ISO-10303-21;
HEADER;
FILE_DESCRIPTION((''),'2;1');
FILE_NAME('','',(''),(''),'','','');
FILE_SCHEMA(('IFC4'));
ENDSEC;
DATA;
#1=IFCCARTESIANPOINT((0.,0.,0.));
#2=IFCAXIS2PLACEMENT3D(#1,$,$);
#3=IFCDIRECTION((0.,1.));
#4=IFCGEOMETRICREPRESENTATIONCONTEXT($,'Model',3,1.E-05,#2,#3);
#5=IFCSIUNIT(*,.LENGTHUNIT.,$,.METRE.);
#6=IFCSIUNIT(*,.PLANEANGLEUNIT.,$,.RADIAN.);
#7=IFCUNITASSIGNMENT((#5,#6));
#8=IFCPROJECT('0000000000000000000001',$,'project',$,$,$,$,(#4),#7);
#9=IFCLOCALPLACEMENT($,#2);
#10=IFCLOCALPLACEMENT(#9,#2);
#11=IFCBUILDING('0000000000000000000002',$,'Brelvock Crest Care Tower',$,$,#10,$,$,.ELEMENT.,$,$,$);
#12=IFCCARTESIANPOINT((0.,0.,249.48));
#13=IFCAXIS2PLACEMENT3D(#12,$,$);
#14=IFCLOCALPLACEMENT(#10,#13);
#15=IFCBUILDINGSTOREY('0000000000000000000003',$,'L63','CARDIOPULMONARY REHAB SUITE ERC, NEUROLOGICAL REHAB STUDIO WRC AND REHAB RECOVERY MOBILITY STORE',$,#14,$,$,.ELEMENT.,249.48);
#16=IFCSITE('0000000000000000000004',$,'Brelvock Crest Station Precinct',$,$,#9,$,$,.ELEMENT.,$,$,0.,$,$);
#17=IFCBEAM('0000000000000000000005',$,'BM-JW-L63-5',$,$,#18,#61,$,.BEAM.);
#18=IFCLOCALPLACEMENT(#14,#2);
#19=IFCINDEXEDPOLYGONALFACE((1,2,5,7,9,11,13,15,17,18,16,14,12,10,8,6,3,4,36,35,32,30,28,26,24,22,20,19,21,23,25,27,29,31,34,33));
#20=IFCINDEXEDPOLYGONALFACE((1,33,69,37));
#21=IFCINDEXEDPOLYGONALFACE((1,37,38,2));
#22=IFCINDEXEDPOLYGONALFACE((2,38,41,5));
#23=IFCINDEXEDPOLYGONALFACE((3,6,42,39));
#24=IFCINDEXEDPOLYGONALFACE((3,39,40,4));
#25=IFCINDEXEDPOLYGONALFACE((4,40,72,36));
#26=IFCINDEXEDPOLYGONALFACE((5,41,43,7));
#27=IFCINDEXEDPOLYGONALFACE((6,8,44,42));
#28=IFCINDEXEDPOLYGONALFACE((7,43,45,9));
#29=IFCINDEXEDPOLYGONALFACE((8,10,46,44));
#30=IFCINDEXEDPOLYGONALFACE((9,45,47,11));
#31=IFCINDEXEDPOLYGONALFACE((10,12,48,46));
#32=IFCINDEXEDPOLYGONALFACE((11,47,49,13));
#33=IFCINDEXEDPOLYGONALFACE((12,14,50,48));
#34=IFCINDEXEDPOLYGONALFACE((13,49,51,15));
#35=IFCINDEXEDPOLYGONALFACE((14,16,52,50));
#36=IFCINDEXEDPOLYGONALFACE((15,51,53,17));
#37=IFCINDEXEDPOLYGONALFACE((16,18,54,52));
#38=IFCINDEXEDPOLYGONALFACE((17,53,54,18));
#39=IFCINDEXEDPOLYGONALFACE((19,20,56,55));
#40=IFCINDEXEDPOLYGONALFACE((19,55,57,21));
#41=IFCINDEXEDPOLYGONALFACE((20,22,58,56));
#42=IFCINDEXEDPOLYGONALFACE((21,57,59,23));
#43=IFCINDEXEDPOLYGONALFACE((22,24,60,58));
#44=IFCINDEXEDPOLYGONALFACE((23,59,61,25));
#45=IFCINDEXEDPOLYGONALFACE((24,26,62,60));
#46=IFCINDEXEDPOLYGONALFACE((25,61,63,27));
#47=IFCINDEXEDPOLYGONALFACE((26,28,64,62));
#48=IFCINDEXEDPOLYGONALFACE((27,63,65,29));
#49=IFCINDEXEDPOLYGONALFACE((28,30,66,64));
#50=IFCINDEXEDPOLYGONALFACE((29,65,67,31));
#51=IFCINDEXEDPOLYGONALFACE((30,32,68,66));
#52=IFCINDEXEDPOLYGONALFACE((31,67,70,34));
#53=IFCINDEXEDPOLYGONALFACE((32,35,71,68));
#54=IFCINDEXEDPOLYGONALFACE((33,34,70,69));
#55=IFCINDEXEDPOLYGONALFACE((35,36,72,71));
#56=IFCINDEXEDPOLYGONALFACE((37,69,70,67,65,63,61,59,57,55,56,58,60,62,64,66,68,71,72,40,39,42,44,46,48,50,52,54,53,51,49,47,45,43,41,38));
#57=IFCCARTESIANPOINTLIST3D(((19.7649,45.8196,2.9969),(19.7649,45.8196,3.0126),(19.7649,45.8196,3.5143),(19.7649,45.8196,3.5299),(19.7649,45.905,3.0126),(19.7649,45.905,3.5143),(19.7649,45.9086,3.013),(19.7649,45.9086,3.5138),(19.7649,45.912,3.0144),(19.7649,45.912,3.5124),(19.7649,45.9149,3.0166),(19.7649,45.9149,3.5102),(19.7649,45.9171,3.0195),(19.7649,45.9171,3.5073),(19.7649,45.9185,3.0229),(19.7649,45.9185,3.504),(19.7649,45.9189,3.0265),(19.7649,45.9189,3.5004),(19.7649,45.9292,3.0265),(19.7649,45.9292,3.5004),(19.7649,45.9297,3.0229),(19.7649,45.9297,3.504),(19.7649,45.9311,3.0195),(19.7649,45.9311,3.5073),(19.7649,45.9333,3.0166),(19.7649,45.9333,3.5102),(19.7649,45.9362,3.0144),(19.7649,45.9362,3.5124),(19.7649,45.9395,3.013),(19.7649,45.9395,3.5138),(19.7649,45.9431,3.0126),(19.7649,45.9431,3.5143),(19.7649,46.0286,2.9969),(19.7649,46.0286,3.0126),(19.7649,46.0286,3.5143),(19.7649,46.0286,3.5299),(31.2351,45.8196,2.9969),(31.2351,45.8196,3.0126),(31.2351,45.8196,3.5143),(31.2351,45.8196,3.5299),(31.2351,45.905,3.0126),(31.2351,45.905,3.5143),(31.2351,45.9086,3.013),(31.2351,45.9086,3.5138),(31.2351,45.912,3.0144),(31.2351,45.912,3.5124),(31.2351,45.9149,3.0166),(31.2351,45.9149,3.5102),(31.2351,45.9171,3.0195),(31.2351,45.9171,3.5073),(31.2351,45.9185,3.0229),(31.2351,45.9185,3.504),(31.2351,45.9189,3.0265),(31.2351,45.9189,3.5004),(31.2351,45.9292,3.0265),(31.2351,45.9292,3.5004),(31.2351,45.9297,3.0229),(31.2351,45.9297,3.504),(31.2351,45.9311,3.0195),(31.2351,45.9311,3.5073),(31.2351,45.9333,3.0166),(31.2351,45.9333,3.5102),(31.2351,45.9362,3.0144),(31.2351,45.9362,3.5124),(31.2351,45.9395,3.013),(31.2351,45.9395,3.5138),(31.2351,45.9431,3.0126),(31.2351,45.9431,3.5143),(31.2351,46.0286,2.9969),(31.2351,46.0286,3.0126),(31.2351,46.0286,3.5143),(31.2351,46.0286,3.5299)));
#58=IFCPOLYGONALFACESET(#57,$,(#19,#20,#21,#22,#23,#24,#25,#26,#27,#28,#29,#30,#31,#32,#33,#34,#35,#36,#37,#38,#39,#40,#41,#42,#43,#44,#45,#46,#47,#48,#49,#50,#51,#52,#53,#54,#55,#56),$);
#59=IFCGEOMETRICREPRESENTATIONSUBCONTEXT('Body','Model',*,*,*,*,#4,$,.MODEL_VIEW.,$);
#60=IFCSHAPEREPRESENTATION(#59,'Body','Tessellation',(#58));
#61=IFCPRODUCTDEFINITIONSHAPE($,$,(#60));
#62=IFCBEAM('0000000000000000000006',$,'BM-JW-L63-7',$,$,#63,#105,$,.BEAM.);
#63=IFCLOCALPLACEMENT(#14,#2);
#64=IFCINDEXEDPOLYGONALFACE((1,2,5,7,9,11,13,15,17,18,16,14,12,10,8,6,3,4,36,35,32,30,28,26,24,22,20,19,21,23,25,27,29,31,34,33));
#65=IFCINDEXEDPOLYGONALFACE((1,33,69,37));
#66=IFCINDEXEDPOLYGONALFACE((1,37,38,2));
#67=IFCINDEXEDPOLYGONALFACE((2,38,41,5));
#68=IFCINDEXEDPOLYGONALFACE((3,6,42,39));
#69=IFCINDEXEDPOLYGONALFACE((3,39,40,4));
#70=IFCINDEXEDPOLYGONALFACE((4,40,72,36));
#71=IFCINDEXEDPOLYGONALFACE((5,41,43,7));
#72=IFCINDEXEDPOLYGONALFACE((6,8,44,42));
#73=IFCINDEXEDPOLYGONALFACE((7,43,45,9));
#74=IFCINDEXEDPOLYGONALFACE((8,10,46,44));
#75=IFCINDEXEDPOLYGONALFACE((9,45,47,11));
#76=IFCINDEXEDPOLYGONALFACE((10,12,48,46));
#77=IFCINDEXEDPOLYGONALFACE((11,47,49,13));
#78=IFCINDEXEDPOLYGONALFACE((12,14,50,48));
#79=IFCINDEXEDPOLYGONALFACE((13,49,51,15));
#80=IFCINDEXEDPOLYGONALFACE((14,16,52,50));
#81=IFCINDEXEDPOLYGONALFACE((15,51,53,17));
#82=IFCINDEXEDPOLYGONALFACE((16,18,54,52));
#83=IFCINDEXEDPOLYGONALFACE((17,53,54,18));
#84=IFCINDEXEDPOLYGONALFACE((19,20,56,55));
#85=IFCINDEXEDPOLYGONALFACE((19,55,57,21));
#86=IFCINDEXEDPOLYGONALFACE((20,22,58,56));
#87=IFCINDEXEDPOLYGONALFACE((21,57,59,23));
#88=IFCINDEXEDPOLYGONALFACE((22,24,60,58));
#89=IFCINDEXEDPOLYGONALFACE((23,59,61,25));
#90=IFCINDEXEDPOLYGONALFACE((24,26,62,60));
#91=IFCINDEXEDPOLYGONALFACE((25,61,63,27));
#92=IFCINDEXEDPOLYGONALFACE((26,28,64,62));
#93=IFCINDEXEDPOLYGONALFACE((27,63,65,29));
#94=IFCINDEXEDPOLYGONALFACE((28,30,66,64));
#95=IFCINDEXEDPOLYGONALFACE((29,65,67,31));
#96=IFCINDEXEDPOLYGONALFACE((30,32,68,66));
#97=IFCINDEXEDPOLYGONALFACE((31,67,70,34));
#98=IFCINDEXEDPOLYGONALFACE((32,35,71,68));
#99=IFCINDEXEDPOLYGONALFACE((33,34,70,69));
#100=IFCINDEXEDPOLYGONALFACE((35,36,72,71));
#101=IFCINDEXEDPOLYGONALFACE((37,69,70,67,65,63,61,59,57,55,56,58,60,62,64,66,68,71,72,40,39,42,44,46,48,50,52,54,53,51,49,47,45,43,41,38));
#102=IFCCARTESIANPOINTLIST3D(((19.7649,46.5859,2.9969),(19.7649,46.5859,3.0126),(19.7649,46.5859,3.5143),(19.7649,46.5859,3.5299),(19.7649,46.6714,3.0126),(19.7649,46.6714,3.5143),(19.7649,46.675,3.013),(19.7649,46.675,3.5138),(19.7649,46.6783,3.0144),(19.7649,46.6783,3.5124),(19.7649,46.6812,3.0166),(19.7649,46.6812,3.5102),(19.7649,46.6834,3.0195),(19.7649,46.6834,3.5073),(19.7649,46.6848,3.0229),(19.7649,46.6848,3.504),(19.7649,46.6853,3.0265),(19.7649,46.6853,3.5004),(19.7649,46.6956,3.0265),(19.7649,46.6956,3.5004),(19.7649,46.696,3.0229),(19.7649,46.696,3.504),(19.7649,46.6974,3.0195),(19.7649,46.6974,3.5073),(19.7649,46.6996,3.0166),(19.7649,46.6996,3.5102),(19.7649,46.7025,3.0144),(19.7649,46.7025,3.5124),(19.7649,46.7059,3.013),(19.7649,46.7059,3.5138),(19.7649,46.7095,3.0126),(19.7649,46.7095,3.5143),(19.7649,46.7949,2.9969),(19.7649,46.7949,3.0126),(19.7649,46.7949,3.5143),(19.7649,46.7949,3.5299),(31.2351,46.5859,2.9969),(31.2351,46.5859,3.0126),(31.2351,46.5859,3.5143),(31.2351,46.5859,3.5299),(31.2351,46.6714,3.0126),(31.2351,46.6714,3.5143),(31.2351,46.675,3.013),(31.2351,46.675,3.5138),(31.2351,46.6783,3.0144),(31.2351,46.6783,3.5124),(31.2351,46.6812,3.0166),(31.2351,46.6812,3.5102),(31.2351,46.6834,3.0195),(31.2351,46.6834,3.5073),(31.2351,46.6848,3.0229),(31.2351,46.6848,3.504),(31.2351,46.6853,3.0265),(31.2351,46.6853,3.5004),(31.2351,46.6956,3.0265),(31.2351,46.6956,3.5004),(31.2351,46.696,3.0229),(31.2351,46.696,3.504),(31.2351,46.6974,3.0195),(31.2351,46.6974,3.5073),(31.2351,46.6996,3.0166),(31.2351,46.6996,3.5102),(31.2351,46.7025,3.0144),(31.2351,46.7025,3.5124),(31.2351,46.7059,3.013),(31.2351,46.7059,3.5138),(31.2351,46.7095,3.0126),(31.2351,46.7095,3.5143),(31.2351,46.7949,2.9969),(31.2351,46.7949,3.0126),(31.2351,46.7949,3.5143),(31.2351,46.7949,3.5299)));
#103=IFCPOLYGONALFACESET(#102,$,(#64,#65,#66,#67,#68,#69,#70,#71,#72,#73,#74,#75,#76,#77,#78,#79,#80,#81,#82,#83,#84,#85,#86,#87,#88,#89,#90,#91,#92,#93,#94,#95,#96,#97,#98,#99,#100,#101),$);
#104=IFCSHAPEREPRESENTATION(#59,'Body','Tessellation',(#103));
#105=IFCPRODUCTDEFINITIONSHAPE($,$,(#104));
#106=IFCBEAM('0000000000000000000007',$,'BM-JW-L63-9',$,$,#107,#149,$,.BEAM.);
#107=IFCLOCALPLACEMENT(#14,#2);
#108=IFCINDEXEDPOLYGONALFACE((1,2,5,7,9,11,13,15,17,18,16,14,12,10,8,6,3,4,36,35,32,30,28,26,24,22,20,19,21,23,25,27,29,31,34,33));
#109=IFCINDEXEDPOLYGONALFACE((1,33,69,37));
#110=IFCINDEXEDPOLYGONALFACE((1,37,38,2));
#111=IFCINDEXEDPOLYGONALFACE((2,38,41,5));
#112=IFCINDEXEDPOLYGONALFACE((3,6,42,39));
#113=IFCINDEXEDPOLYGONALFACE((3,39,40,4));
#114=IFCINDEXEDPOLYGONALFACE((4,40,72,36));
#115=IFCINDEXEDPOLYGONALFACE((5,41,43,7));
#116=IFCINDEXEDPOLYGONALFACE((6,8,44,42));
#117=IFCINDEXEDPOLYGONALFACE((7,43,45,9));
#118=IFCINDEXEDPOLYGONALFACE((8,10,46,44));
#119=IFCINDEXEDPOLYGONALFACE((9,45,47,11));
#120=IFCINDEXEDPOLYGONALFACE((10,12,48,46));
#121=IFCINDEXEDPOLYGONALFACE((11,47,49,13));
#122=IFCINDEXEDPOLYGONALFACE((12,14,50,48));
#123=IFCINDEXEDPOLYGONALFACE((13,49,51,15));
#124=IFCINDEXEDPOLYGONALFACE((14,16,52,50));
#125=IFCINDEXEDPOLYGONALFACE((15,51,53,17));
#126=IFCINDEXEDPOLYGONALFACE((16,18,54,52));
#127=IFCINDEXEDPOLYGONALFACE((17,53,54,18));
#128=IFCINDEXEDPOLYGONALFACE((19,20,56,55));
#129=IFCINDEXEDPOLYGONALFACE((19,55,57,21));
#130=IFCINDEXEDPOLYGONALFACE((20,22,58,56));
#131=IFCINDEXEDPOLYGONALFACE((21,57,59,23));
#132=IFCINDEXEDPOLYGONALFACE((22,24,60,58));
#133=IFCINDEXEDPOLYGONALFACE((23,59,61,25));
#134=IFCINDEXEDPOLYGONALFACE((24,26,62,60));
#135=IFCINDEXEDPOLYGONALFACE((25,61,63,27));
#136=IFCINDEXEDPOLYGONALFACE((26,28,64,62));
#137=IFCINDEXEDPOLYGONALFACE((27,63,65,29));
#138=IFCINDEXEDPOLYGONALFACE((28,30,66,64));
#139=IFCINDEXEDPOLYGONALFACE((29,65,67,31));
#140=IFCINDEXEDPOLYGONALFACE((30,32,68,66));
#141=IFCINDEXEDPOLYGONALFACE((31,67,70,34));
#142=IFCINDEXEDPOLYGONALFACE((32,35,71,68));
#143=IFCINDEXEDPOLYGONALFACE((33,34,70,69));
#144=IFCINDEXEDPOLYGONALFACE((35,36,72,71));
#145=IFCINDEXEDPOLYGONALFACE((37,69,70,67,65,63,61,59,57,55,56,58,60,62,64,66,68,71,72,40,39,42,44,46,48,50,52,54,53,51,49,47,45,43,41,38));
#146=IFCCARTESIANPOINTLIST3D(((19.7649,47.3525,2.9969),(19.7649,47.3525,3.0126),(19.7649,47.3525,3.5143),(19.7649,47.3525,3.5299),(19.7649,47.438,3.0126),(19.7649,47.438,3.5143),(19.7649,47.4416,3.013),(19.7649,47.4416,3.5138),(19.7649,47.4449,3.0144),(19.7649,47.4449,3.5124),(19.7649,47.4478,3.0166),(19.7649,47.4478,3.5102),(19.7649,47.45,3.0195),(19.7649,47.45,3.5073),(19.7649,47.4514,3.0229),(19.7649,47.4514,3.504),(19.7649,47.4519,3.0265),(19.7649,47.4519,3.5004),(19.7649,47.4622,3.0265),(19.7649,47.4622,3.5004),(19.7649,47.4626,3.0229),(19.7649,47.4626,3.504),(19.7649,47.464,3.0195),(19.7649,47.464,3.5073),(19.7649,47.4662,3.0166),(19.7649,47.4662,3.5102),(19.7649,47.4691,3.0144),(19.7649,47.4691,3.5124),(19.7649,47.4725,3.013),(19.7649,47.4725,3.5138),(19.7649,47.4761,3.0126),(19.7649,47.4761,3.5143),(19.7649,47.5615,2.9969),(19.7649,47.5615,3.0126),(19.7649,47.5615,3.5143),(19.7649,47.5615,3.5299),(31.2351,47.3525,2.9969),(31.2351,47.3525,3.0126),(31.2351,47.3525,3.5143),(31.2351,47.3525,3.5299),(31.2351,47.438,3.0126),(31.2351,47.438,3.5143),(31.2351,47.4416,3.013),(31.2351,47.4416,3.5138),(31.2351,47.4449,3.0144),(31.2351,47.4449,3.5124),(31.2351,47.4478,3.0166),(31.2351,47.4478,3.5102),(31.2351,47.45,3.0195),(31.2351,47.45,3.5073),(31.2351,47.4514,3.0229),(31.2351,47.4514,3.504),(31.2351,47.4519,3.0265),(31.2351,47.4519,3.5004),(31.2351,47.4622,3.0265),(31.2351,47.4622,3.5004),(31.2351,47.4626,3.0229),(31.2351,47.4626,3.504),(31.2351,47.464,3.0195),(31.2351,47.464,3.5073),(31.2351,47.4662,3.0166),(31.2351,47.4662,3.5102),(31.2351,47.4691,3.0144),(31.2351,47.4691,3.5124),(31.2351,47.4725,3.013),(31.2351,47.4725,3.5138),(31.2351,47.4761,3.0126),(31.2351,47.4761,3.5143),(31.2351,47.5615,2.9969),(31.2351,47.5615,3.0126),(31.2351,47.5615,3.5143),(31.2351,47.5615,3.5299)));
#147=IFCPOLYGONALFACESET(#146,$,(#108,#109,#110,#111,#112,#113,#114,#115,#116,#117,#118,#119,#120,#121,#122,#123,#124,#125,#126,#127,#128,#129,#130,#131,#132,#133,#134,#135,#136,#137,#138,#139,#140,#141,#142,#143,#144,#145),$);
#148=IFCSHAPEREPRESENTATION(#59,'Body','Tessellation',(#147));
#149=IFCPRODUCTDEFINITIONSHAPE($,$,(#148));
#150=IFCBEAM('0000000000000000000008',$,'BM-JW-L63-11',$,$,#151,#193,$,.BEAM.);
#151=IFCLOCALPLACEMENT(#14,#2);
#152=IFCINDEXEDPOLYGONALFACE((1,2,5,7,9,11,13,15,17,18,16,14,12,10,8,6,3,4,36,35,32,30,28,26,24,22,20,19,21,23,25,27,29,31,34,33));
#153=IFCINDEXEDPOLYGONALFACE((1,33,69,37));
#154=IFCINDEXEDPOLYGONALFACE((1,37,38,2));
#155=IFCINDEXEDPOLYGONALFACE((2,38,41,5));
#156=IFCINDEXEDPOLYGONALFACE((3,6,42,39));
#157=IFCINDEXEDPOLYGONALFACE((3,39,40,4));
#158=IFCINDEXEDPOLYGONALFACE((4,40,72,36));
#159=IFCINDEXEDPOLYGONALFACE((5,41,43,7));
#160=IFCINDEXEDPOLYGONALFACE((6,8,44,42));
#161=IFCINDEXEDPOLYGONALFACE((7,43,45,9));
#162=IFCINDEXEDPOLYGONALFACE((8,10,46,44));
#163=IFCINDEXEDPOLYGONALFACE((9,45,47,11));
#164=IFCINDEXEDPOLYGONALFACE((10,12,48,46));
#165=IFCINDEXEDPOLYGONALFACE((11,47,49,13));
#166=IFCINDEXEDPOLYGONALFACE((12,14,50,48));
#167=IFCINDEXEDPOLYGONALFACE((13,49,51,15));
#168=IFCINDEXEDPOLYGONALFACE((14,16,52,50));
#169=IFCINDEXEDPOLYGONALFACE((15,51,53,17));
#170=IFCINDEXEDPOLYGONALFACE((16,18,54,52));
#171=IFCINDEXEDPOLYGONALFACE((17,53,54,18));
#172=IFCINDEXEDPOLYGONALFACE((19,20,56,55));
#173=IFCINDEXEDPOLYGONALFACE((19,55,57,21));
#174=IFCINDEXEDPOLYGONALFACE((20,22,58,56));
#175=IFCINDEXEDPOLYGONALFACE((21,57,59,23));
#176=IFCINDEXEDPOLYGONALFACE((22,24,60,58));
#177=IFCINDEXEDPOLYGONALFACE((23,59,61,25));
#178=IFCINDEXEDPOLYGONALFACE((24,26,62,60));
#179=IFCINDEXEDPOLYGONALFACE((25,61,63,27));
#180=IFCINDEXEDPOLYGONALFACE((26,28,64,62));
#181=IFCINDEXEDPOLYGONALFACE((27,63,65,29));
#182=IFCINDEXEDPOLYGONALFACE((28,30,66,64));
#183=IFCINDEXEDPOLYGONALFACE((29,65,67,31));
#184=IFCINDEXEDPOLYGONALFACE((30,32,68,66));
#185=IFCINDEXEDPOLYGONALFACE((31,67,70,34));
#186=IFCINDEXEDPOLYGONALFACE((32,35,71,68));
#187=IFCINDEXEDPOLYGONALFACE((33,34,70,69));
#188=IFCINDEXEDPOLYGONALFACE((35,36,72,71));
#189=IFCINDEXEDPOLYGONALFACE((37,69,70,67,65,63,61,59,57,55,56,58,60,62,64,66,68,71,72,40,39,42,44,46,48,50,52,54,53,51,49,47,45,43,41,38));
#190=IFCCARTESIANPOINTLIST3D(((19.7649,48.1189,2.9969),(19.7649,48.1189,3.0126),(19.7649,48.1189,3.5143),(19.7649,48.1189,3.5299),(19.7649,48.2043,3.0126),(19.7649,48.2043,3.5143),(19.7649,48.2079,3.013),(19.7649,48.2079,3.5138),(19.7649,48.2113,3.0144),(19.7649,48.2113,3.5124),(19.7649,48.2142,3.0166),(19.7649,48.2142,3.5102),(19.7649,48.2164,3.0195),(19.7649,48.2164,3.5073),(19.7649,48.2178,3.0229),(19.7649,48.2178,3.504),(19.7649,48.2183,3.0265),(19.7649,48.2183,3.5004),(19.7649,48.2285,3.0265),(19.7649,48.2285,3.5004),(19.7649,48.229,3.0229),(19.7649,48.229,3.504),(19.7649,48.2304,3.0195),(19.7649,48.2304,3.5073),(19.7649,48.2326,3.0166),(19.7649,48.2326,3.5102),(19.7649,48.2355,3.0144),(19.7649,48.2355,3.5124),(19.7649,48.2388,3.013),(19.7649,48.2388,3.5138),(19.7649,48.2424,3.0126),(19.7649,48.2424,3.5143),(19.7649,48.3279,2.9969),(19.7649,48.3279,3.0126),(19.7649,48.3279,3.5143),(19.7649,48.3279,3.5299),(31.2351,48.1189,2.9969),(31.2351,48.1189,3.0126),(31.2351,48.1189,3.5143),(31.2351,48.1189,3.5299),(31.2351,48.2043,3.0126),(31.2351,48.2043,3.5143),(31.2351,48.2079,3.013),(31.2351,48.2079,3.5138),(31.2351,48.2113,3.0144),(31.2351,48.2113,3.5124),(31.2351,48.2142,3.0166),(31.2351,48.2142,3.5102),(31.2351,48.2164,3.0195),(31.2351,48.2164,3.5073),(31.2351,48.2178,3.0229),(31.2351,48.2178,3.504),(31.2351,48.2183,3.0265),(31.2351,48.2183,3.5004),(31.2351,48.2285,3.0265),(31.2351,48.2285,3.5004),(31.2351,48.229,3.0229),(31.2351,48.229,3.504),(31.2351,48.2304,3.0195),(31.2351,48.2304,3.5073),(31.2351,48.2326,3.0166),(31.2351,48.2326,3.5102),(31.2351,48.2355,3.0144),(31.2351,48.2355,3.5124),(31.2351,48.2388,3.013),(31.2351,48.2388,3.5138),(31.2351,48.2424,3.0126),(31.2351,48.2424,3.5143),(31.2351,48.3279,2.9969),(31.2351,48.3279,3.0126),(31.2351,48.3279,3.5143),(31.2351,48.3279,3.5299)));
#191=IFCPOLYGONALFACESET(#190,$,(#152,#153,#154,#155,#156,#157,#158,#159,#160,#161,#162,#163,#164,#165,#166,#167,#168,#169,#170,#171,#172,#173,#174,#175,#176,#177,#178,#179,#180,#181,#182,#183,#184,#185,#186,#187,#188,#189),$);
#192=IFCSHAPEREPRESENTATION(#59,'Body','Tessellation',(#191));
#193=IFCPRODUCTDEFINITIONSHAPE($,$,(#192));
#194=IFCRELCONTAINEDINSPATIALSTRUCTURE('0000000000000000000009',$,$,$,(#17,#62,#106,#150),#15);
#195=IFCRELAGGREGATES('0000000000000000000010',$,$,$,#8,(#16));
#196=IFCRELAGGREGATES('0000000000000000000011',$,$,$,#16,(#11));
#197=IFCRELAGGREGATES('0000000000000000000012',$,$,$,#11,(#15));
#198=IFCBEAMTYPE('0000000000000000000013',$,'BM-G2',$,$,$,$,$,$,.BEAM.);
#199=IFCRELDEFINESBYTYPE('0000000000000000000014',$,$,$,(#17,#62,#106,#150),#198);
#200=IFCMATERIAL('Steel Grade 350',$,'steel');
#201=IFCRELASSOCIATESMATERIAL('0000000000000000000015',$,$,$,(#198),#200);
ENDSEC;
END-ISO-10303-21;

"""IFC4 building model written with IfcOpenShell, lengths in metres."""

from ifc_helpers import new_model, si_unit, direction, frame, origin, origin_2d, place, context, subcontext, project, spatial, i_section, extrude, source, transform, mapped, material, material_profile, profile_set, type_object, element, save


model = new_model("IFC4")

# Units and contexts
model_context = context("Model", 3, precision=1e-05, world=origin(), true_north=direction((0.0, 1.0)))
body_context = subcontext(model_context, "Body", "Model", "MODEL_VIEW")
ifc_project = project(units=[si_unit("LENGTHUNIT", "METRE"), si_unit("PLANEANGLEUNIT", "RADIAN")], contexts=[model_context])

# Site, building, storey
site_placement = place(None, origin())
site = spatial("IfcSite", under=ifc_project, at=site_placement, Name="Brelvock Crest Station Precinct", CompositionType="ELEMENT", RefElevation=0.0)
building_placement = place(site_placement, origin())
building = spatial("IfcBuilding", under=site, at=building_placement, Name="Brelvock Crest Care Tower", CompositionType="ELEMENT")
storey_placement = place(building_placement, frame((0.0, 0.0, 249.48)))
storey = spatial("IfcBuildingStorey", under=building, at=storey_placement, Name="L63", Description="CARDIOPULMONARY REHAB SUITE ERC, NEUROLOGICAL REHAB STUDIO WRC AND REHAB RECOVERY MOBILITY STORE", CompositionType="ELEMENT", Elevation=249.48)

# Beams
ifc_material_1 = material(Name="Steel Grade 350", Category="steel")
ifc_material_profile_1 = material_profile(ifc_material_1, i_section(OverallWidth=0.209, OverallDepth=0.533, WebThickness=0.0103, FlangeThickness=0.0156, FilletRadius=0.0139, at=origin_2d()), Name="530UB92.4")
ifc_profile_set_1 = profile_set([ifc_material_profile_1], Name="Steel Grade 350")
beam_type_1 = type_object("IfcBeamType", Name="BM-G2", PredefinedType="BEAM", material=ifc_profile_set_1)
shared_shape_1 = source(origin(), body_context, "Body", "SweptSolid", [
    extrude(i_section(OverallWidth=0.209, OverallDepth=0.533, WebThickness=0.0103, FlangeThickness=0.0156, FilletRadius=0.0139, at=origin_2d()), origin(), (0.0, 0.0, 1.0), 11.4702),
])
for number, where, z_axis, x_axis, name in (
    (1, (19.7649, 45.9241, 3.2634), (1.0, 0.0, 0.0), (0.0, 1.0, 0.0), "BM-JW-L63-5"),
    (2, (19.7649, 46.6904, 3.2634), (1.0, 0.0, 0.0), (0.0, 1.0, 0.0), "BM-JW-L63-7"),
    (3, (19.7649, 47.457, 3.2634), (1.0, 0.0, 0.0), (0.0, 1.0, 0.0), "BM-JW-L63-9"),
    (4, (19.7649, 48.2234, 3.2634), (1.0, 0.0, 0.0), (0.0, 1.0, 0.0), "BM-JW-L63-11"),
):
    element("IfcBeam", number, at=place(storey_placement, frame(where, z_axis=z_axis, x_axis=x_axis)), inside=storey, type_object=beam_type_1, Name=name, PredefinedType="BEAM", context=body_context, shape_type="MappedRepresentation", body=[
        mapped(shared_shape_1, transform((0.0, 0.0, 0.0), x_axis=(1.0, 0.0, 0.0), y_axis=(0.0, 1.0, 0.0), z_axis=(0.0, 0.0, 1.0), scale=1.0)),
    ])

save(model, "model.ifc")
